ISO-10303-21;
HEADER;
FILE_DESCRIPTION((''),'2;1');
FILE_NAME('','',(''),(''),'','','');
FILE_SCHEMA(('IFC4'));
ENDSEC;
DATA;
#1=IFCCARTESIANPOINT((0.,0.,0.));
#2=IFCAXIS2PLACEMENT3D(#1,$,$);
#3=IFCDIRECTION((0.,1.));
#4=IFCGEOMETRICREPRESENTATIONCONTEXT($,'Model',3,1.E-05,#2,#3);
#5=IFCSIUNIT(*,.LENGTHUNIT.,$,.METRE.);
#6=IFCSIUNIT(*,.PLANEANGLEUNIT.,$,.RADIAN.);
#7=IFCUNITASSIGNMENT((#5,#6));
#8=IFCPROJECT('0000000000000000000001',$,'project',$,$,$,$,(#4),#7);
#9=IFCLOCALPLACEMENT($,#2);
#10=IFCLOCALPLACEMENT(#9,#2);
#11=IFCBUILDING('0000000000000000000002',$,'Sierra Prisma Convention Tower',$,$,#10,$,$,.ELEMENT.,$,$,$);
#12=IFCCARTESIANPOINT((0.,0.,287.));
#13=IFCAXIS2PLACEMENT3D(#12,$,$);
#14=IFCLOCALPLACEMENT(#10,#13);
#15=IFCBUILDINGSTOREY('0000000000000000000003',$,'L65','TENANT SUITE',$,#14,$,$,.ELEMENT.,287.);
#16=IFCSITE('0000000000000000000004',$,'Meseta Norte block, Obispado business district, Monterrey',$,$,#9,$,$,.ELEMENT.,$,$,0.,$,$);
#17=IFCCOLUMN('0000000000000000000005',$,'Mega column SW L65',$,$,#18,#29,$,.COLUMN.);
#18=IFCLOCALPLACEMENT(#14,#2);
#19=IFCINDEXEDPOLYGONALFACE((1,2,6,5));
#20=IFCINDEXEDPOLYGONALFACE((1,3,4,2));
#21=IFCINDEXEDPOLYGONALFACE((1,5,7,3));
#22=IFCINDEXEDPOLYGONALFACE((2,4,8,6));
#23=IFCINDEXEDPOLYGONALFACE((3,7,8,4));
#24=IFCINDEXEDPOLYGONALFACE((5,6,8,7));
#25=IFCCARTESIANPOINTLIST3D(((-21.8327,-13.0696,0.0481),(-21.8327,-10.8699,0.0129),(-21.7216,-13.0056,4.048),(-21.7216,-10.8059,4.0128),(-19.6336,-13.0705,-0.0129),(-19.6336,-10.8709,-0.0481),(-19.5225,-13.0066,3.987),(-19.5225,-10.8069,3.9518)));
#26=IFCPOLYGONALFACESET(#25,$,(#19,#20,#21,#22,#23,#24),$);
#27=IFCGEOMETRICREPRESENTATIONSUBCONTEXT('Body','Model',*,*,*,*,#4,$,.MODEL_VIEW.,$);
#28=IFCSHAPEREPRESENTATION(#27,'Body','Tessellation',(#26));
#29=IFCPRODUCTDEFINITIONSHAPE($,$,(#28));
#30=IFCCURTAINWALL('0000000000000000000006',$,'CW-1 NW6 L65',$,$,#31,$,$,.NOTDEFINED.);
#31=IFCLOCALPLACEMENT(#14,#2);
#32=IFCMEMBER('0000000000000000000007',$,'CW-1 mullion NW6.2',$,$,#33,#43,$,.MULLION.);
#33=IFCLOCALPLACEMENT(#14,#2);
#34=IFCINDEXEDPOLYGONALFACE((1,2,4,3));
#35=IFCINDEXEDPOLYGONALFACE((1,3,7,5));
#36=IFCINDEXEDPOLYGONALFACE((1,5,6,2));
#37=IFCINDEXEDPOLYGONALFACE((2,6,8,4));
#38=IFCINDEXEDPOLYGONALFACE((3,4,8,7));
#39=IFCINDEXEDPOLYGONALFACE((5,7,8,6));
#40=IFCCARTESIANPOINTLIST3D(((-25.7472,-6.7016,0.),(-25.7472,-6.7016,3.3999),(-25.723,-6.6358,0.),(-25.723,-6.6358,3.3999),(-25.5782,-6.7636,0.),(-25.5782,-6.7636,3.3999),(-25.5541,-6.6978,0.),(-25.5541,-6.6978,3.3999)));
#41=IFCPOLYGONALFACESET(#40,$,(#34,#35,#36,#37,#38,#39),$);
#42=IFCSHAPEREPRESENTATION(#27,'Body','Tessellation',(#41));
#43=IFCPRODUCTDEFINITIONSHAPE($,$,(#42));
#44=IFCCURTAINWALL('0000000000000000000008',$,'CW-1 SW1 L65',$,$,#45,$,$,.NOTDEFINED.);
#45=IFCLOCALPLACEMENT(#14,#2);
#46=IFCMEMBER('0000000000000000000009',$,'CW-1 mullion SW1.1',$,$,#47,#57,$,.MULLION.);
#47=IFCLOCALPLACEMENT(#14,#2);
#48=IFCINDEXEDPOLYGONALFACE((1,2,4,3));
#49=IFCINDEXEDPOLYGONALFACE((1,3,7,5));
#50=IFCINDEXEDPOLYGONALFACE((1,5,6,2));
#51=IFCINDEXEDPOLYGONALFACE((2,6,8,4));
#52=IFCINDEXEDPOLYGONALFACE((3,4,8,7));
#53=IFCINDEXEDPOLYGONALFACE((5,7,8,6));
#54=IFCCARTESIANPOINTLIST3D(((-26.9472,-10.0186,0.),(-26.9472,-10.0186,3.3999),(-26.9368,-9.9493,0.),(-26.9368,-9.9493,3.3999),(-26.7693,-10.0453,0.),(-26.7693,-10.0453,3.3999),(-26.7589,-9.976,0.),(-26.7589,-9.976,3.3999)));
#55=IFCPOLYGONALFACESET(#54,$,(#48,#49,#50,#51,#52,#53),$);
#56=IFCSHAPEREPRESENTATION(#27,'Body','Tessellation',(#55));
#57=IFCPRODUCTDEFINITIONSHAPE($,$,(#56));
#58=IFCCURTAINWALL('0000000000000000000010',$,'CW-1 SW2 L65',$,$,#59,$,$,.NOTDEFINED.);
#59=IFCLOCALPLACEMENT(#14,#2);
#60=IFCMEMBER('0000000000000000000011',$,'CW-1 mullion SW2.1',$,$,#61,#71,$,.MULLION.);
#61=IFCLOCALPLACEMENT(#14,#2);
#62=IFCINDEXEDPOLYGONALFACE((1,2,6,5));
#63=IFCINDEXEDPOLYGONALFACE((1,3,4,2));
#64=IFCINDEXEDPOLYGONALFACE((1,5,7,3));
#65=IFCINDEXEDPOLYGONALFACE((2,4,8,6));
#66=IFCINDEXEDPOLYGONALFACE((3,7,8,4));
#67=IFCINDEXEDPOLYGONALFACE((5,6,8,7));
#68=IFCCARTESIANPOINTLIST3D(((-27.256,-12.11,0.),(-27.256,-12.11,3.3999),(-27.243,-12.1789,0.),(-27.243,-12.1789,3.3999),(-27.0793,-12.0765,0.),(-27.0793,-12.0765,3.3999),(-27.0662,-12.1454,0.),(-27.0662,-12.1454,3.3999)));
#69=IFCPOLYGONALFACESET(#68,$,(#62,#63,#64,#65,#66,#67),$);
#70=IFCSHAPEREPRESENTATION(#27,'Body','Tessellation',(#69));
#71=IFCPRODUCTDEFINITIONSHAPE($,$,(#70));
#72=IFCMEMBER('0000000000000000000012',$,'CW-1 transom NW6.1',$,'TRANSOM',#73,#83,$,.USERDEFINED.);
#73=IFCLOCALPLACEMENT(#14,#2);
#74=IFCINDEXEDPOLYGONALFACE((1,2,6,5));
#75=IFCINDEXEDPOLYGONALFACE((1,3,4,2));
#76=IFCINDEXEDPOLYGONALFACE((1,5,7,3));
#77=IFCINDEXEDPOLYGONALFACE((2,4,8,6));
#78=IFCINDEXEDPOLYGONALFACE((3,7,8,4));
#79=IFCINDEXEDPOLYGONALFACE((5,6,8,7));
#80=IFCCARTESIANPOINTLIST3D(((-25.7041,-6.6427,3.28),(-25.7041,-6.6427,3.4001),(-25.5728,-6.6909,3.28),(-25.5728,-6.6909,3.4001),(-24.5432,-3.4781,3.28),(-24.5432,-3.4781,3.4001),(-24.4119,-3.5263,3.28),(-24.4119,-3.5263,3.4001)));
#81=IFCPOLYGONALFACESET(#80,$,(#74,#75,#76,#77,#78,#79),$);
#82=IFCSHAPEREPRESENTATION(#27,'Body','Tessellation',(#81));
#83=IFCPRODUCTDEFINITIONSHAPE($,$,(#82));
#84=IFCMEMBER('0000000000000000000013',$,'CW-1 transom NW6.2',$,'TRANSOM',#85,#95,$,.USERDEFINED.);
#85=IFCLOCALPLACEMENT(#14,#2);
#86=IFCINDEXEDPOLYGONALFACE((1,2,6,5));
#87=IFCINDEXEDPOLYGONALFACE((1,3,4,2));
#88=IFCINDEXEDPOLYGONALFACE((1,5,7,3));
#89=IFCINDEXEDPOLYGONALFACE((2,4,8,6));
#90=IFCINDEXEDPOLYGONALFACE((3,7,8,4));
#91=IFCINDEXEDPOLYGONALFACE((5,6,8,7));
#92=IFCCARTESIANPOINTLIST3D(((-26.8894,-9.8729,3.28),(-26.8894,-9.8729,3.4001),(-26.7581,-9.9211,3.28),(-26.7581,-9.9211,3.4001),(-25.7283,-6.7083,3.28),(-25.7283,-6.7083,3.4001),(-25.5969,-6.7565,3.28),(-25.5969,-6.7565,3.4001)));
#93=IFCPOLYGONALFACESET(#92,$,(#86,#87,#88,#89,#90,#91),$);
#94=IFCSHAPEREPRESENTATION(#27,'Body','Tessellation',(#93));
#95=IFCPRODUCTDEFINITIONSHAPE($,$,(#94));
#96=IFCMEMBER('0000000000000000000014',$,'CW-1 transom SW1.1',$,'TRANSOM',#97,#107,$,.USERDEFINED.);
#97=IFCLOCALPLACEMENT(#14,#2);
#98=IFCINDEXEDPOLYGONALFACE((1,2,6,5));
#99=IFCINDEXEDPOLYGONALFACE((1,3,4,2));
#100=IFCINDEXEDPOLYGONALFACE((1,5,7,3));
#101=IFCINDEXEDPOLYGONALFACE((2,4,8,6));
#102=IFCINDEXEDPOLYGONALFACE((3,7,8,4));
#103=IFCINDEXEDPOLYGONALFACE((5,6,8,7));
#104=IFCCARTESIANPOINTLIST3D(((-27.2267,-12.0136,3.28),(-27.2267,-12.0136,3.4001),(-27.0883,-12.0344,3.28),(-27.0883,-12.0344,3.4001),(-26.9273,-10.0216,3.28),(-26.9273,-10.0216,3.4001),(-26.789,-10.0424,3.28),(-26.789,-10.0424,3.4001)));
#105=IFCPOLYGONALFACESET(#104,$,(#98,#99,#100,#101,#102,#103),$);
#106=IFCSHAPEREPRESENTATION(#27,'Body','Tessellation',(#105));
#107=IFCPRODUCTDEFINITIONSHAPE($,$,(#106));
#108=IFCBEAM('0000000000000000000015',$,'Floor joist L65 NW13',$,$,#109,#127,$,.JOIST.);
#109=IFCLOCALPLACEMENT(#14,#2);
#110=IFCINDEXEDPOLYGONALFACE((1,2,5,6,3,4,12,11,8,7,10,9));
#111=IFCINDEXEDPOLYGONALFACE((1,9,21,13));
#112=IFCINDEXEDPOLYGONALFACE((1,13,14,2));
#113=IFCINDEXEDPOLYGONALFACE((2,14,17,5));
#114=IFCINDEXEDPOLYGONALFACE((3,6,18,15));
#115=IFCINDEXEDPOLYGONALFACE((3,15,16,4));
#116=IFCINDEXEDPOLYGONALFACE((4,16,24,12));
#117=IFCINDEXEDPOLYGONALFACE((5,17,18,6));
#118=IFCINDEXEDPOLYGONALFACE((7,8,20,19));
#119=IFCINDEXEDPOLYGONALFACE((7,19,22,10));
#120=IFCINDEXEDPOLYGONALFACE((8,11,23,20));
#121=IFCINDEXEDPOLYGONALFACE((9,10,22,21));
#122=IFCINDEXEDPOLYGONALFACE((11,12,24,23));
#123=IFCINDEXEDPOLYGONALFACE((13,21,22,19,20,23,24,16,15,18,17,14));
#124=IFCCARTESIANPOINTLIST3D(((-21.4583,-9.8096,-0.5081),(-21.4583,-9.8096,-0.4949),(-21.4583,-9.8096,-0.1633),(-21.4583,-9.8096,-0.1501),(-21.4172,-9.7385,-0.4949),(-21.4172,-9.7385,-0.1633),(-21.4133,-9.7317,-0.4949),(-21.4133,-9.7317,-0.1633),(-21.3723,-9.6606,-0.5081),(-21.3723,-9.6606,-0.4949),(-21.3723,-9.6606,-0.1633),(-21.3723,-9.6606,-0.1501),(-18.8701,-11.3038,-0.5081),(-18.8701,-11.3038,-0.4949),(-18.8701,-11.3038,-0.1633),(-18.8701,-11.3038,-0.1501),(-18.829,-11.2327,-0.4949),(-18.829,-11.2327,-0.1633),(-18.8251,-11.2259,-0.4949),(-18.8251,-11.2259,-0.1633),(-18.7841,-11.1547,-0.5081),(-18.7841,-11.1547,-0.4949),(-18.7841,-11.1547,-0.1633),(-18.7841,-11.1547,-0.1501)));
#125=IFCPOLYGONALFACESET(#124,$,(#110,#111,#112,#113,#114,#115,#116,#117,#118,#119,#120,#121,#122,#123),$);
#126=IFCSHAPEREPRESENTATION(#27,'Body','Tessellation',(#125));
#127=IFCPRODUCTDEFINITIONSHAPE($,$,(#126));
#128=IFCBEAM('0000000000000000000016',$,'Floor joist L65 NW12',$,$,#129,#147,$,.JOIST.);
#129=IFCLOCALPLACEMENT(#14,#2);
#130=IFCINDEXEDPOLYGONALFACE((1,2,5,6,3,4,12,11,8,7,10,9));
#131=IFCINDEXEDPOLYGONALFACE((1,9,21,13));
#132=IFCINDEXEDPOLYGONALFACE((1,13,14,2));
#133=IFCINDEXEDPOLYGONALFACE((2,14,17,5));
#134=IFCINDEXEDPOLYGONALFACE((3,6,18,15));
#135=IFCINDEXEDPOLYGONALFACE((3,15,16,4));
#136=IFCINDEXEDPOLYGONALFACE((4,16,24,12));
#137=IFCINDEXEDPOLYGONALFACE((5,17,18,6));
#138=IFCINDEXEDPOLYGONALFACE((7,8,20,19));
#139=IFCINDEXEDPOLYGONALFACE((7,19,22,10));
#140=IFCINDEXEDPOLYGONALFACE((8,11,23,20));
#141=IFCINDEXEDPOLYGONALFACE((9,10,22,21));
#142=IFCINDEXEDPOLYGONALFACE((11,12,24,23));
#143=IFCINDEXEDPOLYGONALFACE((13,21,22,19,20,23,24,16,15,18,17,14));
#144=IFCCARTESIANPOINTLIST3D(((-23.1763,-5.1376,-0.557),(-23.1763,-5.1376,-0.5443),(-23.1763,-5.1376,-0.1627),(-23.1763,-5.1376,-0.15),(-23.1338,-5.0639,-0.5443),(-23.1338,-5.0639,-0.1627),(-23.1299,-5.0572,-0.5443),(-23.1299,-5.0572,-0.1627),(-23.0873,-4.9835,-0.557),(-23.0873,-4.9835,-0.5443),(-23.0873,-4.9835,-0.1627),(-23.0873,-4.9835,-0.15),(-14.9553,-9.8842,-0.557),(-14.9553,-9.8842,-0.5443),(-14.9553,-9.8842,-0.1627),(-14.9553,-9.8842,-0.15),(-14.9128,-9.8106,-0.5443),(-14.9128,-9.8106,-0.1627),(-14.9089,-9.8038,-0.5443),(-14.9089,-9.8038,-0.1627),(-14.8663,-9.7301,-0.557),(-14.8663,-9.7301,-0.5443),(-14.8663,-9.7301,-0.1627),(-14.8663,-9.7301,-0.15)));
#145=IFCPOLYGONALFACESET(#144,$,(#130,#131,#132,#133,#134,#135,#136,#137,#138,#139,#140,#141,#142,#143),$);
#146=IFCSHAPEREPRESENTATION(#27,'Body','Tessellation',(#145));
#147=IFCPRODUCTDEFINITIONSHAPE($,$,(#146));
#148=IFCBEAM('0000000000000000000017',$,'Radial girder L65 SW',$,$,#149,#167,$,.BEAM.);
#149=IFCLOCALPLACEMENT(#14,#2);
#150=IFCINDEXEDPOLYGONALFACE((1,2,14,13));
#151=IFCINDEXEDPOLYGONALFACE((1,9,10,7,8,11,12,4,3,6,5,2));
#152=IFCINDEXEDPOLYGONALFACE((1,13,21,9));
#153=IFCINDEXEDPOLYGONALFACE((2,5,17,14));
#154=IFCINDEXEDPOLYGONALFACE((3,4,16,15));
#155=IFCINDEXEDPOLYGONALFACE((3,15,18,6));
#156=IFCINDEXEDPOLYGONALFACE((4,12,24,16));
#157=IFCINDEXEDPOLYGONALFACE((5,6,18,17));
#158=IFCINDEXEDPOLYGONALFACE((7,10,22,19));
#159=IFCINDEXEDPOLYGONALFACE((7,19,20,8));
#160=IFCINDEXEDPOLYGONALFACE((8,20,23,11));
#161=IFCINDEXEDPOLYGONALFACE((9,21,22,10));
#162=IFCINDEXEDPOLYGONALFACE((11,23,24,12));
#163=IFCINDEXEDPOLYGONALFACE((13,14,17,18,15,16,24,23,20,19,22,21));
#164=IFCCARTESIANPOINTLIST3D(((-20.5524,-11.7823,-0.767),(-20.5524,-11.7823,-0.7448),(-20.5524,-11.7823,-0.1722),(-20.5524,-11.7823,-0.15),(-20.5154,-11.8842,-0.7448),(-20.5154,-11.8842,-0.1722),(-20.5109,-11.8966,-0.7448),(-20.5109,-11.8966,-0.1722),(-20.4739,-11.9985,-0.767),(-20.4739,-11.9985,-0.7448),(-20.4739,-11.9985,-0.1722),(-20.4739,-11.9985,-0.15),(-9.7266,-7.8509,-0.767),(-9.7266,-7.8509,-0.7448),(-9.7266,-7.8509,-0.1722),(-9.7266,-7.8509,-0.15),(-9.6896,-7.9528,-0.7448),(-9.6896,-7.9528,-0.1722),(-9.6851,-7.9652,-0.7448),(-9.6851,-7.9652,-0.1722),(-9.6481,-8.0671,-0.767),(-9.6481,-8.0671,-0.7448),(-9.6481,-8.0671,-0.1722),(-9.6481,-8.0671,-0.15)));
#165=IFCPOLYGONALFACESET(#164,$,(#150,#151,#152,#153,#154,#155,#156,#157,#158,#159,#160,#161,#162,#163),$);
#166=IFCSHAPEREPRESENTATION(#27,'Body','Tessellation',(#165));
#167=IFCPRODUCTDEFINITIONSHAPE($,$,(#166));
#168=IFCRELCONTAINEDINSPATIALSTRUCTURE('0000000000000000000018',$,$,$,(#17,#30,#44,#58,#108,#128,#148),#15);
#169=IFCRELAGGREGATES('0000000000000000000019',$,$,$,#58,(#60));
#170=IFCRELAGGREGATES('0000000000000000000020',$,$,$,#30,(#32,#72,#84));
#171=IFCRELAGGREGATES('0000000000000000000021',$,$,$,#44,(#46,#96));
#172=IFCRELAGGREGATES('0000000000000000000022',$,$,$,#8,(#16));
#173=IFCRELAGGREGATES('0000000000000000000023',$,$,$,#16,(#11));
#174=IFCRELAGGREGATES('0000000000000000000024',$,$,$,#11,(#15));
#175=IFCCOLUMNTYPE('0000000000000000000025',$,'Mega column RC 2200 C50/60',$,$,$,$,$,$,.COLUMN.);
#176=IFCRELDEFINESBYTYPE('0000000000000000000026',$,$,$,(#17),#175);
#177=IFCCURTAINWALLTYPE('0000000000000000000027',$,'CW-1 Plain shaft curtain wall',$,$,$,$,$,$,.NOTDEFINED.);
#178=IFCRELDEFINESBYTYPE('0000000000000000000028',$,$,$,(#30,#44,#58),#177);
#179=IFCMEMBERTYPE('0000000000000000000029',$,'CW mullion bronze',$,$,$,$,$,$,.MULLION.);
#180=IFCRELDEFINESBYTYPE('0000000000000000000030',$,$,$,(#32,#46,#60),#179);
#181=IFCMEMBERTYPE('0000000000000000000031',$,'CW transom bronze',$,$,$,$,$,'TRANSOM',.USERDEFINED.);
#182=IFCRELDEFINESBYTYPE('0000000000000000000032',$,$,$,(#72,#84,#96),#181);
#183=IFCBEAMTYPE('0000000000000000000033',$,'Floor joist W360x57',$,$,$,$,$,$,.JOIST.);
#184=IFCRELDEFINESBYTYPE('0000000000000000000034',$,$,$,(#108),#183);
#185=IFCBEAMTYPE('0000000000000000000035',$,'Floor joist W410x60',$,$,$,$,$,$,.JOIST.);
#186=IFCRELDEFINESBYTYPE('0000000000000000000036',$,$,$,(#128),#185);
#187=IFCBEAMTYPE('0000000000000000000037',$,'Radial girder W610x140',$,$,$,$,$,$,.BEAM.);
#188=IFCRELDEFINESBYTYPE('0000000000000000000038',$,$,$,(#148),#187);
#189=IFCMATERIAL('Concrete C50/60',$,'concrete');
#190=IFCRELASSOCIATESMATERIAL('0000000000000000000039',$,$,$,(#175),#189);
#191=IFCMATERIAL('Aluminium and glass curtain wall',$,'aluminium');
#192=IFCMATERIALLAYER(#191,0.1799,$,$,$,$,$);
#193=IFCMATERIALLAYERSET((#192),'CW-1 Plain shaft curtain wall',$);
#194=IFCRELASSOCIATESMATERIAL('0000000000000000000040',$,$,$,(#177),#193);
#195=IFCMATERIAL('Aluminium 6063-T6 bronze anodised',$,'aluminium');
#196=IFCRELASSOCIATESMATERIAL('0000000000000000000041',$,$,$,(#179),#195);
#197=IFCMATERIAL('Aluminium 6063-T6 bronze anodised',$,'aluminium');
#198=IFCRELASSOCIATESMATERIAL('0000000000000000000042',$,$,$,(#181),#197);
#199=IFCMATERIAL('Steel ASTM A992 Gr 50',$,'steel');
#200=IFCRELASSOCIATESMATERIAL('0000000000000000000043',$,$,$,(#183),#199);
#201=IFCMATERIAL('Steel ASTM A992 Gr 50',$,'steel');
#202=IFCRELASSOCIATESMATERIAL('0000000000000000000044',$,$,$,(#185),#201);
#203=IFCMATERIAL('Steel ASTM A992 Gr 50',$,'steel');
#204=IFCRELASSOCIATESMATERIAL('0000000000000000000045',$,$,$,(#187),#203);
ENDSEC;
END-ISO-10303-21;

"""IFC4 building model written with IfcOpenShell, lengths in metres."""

from ifc_helpers import new_model, si_unit, direction, frame, origin, origin_2d, place, context, subcontext, project, spatial, rectangle, i_section, extrude, material, layer, layer_set, material_profile, profile_set, type_object, element, aggregate, save


model = new_model("IFC4")

# Units and contexts
model_context = context("Model", 3, precision=1e-05, world=origin(), true_north=direction((0.0, 1.0)))
body_context = subcontext(model_context, "Body", "Model", "MODEL_VIEW")
ifc_project = project(units=[si_unit("LENGTHUNIT", "METRE"), si_unit("PLANEANGLEUNIT", "RADIAN")], contexts=[model_context])

# Site, building, storey
site_placement = place(None, origin())
site = spatial("IfcSite", under=ifc_project, at=site_placement, Name="Meseta Norte block, Obispado business district, Monterrey", CompositionType="ELEMENT", RefElevation=0.0)
building_placement = place(site_placement, origin())
building = spatial("IfcBuilding", under=site, at=building_placement, Name="Sierra Prisma Convention Tower", CompositionType="ELEMENT")
storey_placement = place(building_placement, frame((0.0, 0.0, 287.0)))
storey = spatial("IfcBuildingStorey", under=building, at=storey_placement, Name="L65", Description="TENANT SUITE", CompositionType="ELEMENT", Elevation=287.0)

# Column
ifc_material_1 = material(Name="Concrete C50/60", Category="concrete")
ifc_material_profile_1 = material_profile(ifc_material_1, rectangle(XDim=2.2, YDim=2.2, at=origin_2d()), Name="Mega column RC 2200 C50/60")
ifc_profile_set_1 = profile_set([ifc_material_profile_1], Name="Concrete C50/60")
column_type = type_object("IfcColumnType", Name="Mega column RC 2200 C50/60", PredefinedType="COLUMN", material=ifc_profile_set_1)
column_placement = place(storey_placement, frame((-20.7332, -11.9702, 0.0), z_axis=(0.027757, 0.015983, 0.999487), x_axis=(0.999615, -0.000444, -0.027753)))
element("IfcColumn", 1, at=column_placement, inside=storey, type_object=column_type, Name="Mega column SW L65", PredefinedType="COLUMN", context=body_context, shape_type="SweptSolid", body=[
    extrude(rectangle(XDim=2.2, YDim=2.2, at=origin_2d()), origin(), (0.0, 0.0, 1.0), 4.002),
])

# Curtain walls, members
ifc_material_2 = material(Name="Aluminium and glass curtain wall", Category="aluminium")
ifc_layer_1 = layer(ifc_material_2, 0.1799)
ifc_layer_set_1 = layer_set([ifc_layer_1], Name="CW-1 Plain shaft curtain wall")
curtain_wall_type = type_object("IfcCurtainWallType", Name="CW-1 Plain shaft curtain wall", PredefinedType="NOTDEFINED", material=ifc_layer_set_1)
curtain_wall_1_placement = place(storey_placement, origin())
curtain_wall_1 = element("IfcCurtainWall", 2, at=curtain_wall_1_placement, inside=storey, type_object=curtain_wall_type, Name="CW-1 NW6 L65", PredefinedType="NOTDEFINED")
ifc_material_3 = material(Name="Aluminium 6063-T6 bronze anodised", Category="aluminium")
ifc_material_profile_2 = material_profile(ifc_material_3, rectangle(XDim=0.1799, YDim=0.0701, at=origin_2d()), Name="ALU MULLION 70x180")
ifc_profile_set_2 = profile_set([ifc_material_profile_2], Name="Aluminium 6063-T6 bronze anodised")
member_type_1 = type_object("IfcMemberType", Name="CW mullion bronze", PredefinedType="MULLION", material=ifc_profile_set_2)
member_1_placement = place(storey_placement, frame((-25.6506, -6.6997, 0.0), z_axis=(0.0, 0.0, 1.0), x_axis=(0.93881, -0.344435, 0.0)))
member_1 = element("IfcMember", 3, at=member_1_placement, type_object=member_type_1, Name="CW-1 mullion NW6.2", PredefinedType="MULLION", context=body_context, shape_type="SweptSolid", body=[
    extrude(rectangle(XDim=0.1799, YDim=0.0701, at=origin_2d()), origin(), (0.0, 0.0, 1.0), 3.3999),
])
curtain_wall_2_placement = place(storey_placement, origin())
curtain_wall_2 = element("IfcCurtainWall", 4, at=curtain_wall_2_placement, inside=storey, type_object=curtain_wall_type, Name="CW-1 SW1 L65", PredefinedType="NOTDEFINED")
member_2_placement = place(storey_placement, frame((-26.853, -9.9973, 0.0), z_axis=(0.0, 0.0, 1.0), x_axis=(0.988909, -0.148524, 0.0)))
member_2 = element("IfcMember", 5, at=member_2_placement, type_object=member_type_1, Name="CW-1 mullion SW1.1", PredefinedType="MULLION", context=body_context, shape_type="SweptSolid", body=[
    extrude(rectangle(XDim=0.1799, YDim=0.0701, at=origin_2d()), origin(), (0.0, 0.0, 1.0), 3.3999),
])
curtain_wall_3_placement = place(storey_placement, origin())
curtain_wall_3 = element("IfcCurtainWall", 6, at=curtain_wall_3_placement, inside=storey, type_object=curtain_wall_type, Name="CW-1 SW2 L65", PredefinedType="NOTDEFINED")
member_3_placement = place(storey_placement, frame((-27.1611, -12.1277, 0.0), z_axis=(0.0, 0.0, 1.0), x_axis=(0.982518, 0.186169, 0.0)))
member_3 = element("IfcMember", 7, at=member_3_placement, type_object=member_type_1, Name="CW-1 mullion SW2.1", PredefinedType="MULLION", context=body_context, shape_type="SweptSolid", body=[
    extrude(rectangle(XDim=0.1799, YDim=0.0701, at=origin_2d()), origin(), (0.0, 0.0, 1.0), 3.3999),
])
aggregate(curtain_wall_3, [member_3])

# Members
ifc_material_4 = material(Name="Aluminium 6063-T6 bronze anodised", Category="aluminium")
ifc_material_profile_3 = material_profile(ifc_material_4, rectangle(XDim=0.1399, YDim=0.1201, at=origin_2d()), Name="ALU TRANSOM 120x140")
ifc_profile_set_3 = profile_set([ifc_material_profile_3], Name="Aluminium 6063-T6 bronze anodised")
member_type_2 = type_object("IfcMemberType", Name="CW transom bronze", ElementType="TRANSOM", PredefinedType="USERDEFINED", material=ifc_profile_set_3)
member_4_placement = place(storey_placement, frame((-24.4775, -3.5022, 3.3401), z_axis=(-0.344399, -0.938823, 0.0), x_axis=(0.938823, -0.344399, 0.0)))
member_4 = element("IfcMember", 8, at=member_4_placement, type_object=member_type_2, Name="CW-1 transom NW6.1", ObjectType="TRANSOM", PredefinedType="USERDEFINED", context=body_context, shape_type="SweptSolid", body=[
    extrude(rectangle(XDim=0.1399, YDim=0.1201, at=origin_2d()), origin(), (0.0, 0.0, 1.0), 3.3708),
])
member_5_placement = place(storey_placement, frame((-25.6626, -6.7324, 3.3401), z_axis=(-0.344463, -0.9388, 0.0), x_axis=(0.9388, -0.344463, 0.0)))
member_5 = element("IfcMember", 9, at=member_5_placement, type_object=member_type_2, Name="CW-1 transom NW6.2", ObjectType="TRANSOM", PredefinedType="USERDEFINED", context=body_context, shape_type="SweptSolid", body=[
    extrude(rectangle(XDim=0.1399, YDim=0.1201, at=origin_2d()), origin(), (0.0, 0.0, 1.0), 3.3708),
])
member_6_placement = place(storey_placement, frame((-26.8582, -10.032, 3.3401), z_axis=(-0.148595, -0.988898, 0.0), x_axis=(0.988898, -0.148595, 0.0)))
member_6 = element("IfcMember", 10, at=member_6_placement, type_object=member_type_2, Name="CW-1 transom SW1.1", ObjectType="TRANSOM", PredefinedType="USERDEFINED", context=body_context, shape_type="SweptSolid", body=[
    extrude(rectangle(XDim=0.1399, YDim=0.1201, at=origin_2d()), origin(), (0.0, 0.0, 1.0), 2.0144),
])

# Beams
ifc_material_5 = material(Name="Steel ASTM A992 Gr 50", Category="steel")
ifc_material_profile_4 = material_profile(ifc_material_5, i_section(OverallWidth=0.1721, OverallDepth=0.3579, WebThickness=0.0078, FlangeThickness=0.0132, at=origin_2d()), Name="W360x57")
ifc_profile_set_4 = profile_set([ifc_material_profile_4], Name="Steel ASTM A992 Gr 50")
beam_type_1 = type_object("IfcBeamType", Name="Floor joist W360x57", PredefinedType="JOIST", material=ifc_profile_set_4)
beam_1_placement = place(storey_placement, frame((-21.4153, -9.7351, -0.3291), z_axis=(0.866043, -0.49997, 0.0), x_axis=(0.49997, 0.866043, 0.0)))
element("IfcBeam", 11, at=beam_1_placement, inside=storey, type_object=beam_type_1, Name="Floor joist L65 NW13", PredefinedType="JOIST", context=body_context, shape_type="SweptSolid", body=[
    extrude(i_section(OverallWidth=0.1721, OverallDepth=0.3579, WebThickness=0.0078, FlangeThickness=0.0132, at=origin_2d()), origin(), (0.0, 0.0, 1.0), 2.9885),
])
ifc_material_6 = material(Name="Steel ASTM A992 Gr 50", Category="steel")
ifc_material_profile_5 = material_profile(ifc_material_6, i_section(OverallWidth=0.178, OverallDepth=0.407, WebThickness=0.0078, FlangeThickness=0.0127, at=origin_2d()), Name="W410x60")
ifc_profile_set_5 = profile_set([ifc_material_profile_5], Name="Steel ASTM A992 Gr 50")
beam_type_2 = type_object("IfcBeamType", Name="Floor joist W410x60", PredefinedType="JOIST", material=ifc_profile_set_5)
beam_2_placement = place(storey_placement, frame((-23.1318, -5.0605, -0.3535), z_axis=(0.866016, -0.500017, 0.0), x_axis=(0.500017, 0.866016, 0.0)))
element("IfcBeam", 12, at=beam_2_placement, inside=storey, type_object=beam_type_2, Name="Floor joist L65 NW12", PredefinedType="JOIST", context=body_context, shape_type="SweptSolid", body=[
    extrude(i_section(OverallWidth=0.178, OverallDepth=0.407, WebThickness=0.0078, FlangeThickness=0.0127, at=origin_2d()), origin(), (0.0, 0.0, 1.0), 9.4929),
])
ifc_material_7 = material(Name="Steel ASTM A992 Gr 50", Category="steel")
ifc_material_profile_6 = material_profile(ifc_material_7, i_section(OverallWidth=0.23, OverallDepth=0.6169, WebThickness=0.0132, FlangeThickness=0.0222, at=origin_2d()), Name="W610x140")
ifc_profile_set_6 = profile_set([ifc_material_profile_6], Name="Steel ASTM A992 Gr 50")
beam_type_3 = type_object("IfcBeamType", Name="Radial girder W610x140", PredefinedType="BEAM", material=ifc_profile_set_6)
beam_3_placement = place(storey_placement, frame((-20.5132, -11.8904, -0.4585), z_axis=(0.939941, 0.341336, 0.0), x_axis=(-0.341336, 0.939941, 0.0)))
element("IfcBeam", 13, at=beam_3_placement, inside=storey, type_object=beam_type_3, Name="Radial girder L65 SW", PredefinedType="BEAM", context=body_context, shape_type="SweptSolid", body=[
    extrude(i_section(OverallWidth=0.23, OverallDepth=0.6169, WebThickness=0.0132, FlangeThickness=0.0222, at=origin_2d()), origin(), (0.0, 0.0, 1.0), 11.5176),
])

aggregate(curtain_wall_1, [member_1, member_4, member_5])
aggregate(curtain_wall_2, [member_2, member_6])

save(model, "model.ifc")
